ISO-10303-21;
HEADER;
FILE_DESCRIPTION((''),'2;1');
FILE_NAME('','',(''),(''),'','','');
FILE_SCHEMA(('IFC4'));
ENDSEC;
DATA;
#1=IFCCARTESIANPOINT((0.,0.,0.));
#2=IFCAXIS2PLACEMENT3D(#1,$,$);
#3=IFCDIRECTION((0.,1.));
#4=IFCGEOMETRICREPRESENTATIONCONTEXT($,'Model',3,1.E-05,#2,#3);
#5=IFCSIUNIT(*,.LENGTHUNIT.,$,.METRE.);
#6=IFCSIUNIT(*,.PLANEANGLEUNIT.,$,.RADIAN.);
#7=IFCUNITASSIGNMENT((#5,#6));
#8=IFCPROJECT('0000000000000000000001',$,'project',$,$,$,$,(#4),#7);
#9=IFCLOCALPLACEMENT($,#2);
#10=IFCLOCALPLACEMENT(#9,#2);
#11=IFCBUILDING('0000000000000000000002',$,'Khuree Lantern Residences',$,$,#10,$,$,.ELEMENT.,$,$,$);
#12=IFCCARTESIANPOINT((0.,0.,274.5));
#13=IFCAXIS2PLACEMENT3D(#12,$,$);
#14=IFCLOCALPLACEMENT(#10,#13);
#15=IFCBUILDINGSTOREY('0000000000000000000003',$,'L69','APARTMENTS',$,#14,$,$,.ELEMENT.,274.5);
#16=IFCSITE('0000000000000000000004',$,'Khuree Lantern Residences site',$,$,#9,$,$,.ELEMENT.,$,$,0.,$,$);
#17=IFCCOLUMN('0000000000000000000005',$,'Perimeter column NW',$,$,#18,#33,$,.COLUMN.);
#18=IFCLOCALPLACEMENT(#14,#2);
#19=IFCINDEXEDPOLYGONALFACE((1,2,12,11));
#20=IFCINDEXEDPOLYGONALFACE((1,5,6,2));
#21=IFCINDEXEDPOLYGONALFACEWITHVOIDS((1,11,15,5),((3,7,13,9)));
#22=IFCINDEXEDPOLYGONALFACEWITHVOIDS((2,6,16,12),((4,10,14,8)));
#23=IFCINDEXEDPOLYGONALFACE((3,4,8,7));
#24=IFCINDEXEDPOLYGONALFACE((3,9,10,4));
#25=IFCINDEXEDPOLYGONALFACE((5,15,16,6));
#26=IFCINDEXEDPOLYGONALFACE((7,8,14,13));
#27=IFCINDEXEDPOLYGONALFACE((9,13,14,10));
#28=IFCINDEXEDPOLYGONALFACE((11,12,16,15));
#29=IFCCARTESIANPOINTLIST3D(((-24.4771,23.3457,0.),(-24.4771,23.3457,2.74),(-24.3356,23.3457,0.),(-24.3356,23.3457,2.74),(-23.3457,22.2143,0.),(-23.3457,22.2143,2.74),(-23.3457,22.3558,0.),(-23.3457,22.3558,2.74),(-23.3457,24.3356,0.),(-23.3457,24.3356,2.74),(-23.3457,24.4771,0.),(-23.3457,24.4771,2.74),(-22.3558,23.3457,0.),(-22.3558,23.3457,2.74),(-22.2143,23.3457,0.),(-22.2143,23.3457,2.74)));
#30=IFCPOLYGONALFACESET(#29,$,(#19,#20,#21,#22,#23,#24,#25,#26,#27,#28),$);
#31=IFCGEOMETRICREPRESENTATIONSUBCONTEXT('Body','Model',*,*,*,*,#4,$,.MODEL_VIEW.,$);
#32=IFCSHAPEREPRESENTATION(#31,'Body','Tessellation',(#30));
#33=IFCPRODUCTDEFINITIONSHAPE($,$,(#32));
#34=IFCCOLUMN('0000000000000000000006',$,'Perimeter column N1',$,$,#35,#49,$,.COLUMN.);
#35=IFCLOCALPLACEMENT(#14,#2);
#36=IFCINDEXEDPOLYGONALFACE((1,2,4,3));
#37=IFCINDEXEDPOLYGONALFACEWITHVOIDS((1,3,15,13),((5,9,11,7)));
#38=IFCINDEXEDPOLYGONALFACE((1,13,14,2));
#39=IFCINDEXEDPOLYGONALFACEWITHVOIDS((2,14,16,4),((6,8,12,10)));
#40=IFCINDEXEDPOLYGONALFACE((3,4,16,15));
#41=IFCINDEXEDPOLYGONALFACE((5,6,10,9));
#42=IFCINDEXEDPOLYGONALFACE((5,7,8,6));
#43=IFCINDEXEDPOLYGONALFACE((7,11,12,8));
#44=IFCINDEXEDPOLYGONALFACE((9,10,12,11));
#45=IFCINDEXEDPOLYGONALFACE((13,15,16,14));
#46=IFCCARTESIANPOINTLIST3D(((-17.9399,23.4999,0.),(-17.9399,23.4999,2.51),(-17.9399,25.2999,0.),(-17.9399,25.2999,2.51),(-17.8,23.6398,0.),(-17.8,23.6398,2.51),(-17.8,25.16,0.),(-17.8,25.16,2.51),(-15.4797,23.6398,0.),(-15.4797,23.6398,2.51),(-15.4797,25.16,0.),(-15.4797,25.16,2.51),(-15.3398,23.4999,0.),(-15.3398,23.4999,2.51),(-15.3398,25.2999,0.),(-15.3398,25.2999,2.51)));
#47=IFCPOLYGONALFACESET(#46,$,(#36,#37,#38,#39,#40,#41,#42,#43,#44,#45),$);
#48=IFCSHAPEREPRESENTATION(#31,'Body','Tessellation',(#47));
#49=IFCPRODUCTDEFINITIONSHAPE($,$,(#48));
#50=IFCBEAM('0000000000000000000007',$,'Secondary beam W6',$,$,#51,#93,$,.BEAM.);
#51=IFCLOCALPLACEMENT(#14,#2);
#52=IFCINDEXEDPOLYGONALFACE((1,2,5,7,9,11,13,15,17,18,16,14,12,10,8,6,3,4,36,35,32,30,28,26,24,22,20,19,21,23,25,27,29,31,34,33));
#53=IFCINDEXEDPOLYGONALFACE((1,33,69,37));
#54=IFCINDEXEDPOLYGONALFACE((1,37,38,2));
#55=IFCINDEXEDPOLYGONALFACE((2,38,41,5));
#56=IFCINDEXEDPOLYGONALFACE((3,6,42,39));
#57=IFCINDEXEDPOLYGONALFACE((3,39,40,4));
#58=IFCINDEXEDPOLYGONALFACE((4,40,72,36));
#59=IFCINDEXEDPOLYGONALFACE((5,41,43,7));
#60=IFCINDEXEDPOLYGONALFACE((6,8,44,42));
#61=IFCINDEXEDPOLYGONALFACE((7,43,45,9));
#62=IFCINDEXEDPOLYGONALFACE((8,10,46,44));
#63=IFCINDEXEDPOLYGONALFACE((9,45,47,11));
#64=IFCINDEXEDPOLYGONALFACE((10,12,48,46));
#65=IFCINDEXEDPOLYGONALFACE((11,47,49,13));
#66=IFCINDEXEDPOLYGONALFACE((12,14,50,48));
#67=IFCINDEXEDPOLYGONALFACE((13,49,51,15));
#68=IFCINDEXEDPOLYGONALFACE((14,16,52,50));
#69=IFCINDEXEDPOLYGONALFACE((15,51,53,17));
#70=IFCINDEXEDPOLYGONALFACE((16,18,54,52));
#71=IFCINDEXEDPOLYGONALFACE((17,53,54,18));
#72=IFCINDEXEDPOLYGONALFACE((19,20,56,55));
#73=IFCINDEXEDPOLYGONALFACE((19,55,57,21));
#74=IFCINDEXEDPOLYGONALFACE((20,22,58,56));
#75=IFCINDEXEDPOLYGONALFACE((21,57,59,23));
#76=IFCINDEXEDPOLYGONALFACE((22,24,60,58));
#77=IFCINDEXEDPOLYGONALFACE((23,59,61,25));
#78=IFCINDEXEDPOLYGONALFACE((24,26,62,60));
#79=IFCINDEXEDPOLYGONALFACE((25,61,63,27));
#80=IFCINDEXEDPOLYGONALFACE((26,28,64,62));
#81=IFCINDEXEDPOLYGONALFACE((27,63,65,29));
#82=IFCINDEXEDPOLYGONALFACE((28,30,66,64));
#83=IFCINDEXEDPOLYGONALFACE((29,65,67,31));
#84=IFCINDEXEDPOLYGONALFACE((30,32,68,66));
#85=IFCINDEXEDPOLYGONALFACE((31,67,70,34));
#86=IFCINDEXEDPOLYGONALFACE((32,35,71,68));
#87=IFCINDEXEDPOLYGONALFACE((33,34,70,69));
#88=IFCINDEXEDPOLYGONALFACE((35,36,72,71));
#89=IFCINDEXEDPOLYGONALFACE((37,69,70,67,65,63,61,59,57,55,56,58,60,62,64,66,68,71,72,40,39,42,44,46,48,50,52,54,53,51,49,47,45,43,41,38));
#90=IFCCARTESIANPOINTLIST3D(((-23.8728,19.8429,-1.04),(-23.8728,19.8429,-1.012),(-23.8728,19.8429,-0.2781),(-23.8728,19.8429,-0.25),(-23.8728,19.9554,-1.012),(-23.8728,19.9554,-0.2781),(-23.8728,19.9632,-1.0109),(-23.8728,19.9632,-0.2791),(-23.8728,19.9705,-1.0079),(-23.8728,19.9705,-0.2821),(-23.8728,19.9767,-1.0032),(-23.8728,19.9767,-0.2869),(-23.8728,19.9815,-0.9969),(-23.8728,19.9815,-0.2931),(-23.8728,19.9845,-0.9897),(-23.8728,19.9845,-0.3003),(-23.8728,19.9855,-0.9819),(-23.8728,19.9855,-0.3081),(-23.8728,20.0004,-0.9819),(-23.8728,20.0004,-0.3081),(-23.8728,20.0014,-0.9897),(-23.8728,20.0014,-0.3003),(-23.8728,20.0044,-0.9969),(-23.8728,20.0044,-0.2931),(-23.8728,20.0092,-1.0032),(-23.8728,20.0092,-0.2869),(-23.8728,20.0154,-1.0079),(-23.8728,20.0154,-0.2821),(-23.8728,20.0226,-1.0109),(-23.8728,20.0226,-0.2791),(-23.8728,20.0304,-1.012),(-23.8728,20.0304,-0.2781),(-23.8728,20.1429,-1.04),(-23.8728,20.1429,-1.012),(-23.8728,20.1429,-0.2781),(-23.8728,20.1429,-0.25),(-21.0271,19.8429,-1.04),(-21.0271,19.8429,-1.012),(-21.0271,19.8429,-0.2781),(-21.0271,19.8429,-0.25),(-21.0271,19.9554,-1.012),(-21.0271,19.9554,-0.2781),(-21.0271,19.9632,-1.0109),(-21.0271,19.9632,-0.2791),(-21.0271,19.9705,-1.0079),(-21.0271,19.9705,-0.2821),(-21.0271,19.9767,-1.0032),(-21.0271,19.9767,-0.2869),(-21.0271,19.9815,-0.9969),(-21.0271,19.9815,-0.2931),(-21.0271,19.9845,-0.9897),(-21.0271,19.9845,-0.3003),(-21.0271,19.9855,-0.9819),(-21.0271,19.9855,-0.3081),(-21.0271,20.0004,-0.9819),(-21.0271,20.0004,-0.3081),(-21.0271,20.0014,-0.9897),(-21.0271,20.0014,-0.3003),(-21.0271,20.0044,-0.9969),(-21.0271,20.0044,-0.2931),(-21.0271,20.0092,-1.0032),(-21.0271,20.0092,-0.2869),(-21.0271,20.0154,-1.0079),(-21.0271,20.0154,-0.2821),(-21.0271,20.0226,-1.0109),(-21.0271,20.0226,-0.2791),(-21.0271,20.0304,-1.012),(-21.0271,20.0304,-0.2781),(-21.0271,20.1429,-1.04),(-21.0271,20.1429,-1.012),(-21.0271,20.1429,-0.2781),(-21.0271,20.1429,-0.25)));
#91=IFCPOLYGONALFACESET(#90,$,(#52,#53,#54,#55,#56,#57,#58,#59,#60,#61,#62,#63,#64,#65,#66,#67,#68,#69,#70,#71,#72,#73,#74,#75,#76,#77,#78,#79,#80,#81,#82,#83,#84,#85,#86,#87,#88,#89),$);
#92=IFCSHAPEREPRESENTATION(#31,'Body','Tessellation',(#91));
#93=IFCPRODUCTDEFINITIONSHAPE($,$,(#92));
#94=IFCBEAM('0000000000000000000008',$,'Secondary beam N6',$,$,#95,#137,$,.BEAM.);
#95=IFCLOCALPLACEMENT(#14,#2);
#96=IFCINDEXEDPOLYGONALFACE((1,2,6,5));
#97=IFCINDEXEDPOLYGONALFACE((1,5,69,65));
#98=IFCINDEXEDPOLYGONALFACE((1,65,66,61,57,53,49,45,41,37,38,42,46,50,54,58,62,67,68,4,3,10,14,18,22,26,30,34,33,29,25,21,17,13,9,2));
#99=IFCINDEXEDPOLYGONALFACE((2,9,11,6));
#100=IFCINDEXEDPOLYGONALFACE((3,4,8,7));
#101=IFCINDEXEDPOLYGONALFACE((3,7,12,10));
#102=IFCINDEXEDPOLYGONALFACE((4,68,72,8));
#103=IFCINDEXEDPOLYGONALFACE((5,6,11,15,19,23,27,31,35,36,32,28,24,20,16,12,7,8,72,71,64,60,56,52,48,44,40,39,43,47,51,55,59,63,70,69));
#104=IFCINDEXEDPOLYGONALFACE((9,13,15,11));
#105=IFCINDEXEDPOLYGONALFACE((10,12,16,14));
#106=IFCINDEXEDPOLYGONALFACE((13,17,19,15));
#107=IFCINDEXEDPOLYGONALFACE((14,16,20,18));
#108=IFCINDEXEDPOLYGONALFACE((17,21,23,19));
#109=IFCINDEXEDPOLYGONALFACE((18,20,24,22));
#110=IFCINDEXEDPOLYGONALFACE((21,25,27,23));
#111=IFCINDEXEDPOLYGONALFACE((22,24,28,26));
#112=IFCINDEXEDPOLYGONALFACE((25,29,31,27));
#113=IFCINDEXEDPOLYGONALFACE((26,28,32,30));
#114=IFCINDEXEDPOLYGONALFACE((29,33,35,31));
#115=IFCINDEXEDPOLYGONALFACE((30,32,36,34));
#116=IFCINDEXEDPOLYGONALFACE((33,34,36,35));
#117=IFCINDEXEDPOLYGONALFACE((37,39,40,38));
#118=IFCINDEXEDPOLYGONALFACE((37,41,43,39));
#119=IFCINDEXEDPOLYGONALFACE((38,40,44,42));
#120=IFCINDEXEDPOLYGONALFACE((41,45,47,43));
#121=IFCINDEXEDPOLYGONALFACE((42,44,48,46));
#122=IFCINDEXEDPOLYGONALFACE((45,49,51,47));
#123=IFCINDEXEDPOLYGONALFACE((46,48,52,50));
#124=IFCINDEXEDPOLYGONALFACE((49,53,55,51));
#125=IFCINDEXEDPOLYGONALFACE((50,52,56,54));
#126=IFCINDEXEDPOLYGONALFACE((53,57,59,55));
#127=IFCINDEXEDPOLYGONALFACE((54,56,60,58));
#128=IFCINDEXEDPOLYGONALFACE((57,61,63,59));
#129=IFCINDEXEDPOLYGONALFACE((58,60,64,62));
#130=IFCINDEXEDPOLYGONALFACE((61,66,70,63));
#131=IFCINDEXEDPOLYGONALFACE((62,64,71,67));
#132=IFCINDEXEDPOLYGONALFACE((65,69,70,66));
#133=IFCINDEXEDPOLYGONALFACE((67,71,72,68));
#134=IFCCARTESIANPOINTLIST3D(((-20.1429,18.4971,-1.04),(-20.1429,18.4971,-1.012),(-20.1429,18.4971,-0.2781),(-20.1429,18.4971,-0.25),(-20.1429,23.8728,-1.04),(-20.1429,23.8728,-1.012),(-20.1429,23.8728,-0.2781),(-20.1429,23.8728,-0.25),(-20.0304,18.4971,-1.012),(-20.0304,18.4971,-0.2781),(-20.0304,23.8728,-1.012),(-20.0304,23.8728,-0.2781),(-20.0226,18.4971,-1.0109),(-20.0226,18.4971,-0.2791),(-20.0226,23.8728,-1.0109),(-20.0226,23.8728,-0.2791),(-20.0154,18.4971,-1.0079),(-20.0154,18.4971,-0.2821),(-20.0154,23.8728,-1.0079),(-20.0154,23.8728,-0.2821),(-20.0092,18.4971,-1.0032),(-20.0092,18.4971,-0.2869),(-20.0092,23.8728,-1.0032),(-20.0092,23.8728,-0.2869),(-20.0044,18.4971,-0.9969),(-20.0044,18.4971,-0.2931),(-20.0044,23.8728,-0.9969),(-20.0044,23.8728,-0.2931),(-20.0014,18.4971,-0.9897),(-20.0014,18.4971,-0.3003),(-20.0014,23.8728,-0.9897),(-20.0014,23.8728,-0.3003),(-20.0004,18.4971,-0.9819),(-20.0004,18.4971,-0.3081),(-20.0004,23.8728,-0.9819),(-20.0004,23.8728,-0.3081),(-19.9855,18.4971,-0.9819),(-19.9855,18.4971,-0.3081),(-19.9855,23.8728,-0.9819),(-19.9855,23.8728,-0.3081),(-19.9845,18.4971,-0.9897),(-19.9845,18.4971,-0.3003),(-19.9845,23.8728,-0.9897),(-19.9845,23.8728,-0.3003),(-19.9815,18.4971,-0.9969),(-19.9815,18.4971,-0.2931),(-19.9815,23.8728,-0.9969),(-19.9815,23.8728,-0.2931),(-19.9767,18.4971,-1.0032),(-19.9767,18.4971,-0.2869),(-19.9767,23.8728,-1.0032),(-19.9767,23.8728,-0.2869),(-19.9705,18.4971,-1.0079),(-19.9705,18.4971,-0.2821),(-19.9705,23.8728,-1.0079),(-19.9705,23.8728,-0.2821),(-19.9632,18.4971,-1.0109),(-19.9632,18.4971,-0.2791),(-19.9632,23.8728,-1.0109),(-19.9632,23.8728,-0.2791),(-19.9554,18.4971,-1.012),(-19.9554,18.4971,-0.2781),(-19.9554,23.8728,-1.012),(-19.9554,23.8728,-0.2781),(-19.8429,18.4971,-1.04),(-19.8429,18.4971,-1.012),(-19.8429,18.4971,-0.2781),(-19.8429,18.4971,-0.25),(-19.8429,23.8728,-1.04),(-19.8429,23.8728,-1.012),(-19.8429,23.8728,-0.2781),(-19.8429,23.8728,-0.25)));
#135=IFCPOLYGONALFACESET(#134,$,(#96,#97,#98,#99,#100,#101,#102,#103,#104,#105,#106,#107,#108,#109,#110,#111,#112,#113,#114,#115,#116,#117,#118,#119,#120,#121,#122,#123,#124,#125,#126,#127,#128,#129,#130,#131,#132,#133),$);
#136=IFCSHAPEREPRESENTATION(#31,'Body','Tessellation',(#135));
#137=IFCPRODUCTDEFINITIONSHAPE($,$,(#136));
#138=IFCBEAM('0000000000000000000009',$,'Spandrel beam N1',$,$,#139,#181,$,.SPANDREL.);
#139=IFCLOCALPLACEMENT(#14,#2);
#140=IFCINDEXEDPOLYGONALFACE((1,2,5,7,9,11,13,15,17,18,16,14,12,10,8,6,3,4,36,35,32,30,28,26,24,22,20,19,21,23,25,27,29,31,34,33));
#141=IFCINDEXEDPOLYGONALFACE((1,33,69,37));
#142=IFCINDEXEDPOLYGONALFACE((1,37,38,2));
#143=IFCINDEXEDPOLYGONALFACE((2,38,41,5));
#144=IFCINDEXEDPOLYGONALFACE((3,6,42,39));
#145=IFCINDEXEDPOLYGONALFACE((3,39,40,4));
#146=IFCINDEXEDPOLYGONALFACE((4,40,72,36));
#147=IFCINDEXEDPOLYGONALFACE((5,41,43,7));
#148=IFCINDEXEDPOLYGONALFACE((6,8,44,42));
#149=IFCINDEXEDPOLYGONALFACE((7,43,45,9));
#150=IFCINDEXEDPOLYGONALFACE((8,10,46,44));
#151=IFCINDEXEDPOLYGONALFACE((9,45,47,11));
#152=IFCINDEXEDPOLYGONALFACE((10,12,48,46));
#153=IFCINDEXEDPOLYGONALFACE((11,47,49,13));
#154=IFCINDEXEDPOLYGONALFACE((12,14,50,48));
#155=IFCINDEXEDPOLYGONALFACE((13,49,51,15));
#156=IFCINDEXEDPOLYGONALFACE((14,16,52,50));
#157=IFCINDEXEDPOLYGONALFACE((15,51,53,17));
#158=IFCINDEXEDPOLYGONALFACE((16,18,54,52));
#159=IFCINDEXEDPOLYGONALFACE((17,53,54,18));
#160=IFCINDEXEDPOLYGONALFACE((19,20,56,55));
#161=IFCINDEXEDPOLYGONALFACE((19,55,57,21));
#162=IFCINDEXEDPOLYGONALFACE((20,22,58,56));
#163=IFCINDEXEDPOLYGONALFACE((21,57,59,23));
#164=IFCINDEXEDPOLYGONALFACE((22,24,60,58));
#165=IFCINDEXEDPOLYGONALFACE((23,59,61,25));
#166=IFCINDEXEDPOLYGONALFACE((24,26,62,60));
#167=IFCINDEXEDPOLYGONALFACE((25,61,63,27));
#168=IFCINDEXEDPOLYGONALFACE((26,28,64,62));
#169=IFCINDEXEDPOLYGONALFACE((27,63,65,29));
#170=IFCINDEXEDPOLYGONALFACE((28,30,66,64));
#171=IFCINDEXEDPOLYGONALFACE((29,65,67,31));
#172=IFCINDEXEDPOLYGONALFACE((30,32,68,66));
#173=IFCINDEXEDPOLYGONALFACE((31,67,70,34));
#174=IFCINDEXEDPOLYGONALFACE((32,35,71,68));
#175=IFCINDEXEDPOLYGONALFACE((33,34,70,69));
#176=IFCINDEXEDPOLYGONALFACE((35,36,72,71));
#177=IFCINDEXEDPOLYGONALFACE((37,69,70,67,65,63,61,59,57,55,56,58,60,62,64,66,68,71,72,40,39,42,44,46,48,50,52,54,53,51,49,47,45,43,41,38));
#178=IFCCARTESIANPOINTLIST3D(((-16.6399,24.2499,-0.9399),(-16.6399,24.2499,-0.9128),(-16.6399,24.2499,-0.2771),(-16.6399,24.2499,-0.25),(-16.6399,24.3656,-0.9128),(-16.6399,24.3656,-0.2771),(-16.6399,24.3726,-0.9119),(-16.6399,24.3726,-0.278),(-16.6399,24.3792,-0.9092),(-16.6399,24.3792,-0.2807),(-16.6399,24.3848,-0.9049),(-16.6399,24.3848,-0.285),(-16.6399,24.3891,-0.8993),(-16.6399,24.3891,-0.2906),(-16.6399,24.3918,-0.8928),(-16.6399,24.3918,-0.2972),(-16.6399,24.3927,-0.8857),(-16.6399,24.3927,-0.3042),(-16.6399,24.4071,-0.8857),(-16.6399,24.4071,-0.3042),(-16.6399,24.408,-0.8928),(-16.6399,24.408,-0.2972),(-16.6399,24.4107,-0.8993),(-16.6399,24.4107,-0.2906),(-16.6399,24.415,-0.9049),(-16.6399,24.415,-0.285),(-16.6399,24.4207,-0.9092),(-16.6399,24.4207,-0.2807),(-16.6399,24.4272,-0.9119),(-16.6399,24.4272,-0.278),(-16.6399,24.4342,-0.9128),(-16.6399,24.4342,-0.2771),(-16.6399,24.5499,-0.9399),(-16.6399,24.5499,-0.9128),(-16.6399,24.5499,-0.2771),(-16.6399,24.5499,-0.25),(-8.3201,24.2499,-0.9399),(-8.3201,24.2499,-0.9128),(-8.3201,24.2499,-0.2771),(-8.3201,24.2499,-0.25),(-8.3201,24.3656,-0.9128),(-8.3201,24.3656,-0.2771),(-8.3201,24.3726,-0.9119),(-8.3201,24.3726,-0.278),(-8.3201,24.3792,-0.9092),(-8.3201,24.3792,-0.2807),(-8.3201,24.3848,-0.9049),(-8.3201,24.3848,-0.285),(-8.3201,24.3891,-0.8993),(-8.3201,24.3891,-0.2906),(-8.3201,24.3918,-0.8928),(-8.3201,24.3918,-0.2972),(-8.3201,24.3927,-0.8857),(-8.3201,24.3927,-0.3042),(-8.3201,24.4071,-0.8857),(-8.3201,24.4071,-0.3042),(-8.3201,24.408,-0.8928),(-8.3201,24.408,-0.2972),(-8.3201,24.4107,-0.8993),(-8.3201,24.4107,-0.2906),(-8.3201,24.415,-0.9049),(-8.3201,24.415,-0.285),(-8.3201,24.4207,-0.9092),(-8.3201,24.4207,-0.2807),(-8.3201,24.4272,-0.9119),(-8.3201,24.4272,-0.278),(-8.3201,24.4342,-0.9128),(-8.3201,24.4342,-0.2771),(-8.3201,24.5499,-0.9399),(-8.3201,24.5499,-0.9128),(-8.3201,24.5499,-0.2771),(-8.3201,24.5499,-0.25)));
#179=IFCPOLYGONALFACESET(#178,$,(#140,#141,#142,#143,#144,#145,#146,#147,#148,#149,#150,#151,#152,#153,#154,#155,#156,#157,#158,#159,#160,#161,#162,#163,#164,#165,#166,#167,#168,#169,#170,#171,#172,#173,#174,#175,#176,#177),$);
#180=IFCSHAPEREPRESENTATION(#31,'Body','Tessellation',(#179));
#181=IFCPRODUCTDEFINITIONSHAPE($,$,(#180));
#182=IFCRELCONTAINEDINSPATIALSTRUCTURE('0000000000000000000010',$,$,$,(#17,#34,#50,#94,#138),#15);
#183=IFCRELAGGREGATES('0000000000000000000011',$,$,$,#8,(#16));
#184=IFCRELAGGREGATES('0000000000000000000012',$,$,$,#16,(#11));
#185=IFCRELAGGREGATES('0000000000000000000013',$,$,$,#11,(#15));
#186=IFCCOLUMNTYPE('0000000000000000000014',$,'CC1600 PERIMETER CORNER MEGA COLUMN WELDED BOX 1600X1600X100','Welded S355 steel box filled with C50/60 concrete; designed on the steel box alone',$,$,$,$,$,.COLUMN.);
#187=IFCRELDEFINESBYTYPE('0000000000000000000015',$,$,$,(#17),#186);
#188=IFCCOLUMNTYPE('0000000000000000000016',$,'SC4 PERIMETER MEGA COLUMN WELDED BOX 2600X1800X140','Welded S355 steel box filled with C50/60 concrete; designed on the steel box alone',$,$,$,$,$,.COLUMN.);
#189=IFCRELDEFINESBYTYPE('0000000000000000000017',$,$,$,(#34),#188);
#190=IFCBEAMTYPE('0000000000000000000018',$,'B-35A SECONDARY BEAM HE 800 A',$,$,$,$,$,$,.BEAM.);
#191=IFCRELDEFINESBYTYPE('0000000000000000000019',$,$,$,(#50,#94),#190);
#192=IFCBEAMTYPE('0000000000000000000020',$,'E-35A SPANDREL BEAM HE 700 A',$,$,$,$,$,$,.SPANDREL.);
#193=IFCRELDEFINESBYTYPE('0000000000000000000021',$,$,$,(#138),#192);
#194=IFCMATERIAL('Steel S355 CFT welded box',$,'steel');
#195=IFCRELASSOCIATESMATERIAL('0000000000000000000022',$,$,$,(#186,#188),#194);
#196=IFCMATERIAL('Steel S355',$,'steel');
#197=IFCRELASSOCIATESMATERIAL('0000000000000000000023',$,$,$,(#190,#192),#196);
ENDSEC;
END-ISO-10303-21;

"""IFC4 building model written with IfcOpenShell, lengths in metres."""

from ifc_helpers import new_model, si_unit, direction, frame, origin, origin_2d, place, context, subcontext, project, spatial, hollow_rectangle, i_section, extrude, material, material_profile, profile_set, type_object, element, save


model = new_model("IFC4")

# Units and contexts
model_context = context("Model", 3, precision=1e-05, world=origin(), true_north=direction((0.0, 1.0)))
body_context = subcontext(model_context, "Body", "Model", "MODEL_VIEW")
ifc_project = project(units=[si_unit("LENGTHUNIT", "METRE"), si_unit("PLANEANGLEUNIT", "RADIAN")], contexts=[model_context])

# Site, building, storey
site_placement = place(None, origin())
site = spatial("IfcSite", under=ifc_project, at=site_placement, Name="Khuree Lantern Residences site", CompositionType="ELEMENT", RefElevation=0.0)
building_placement = place(site_placement, origin())
building = spatial("IfcBuilding", under=site, at=building_placement, Name="Khuree Lantern Residences", CompositionType="ELEMENT")
storey_placement = place(building_placement, frame((0.0, 0.0, 274.5)))
storey = spatial("IfcBuildingStorey", under=building, at=storey_placement, Name="L69", Description="APARTMENTS", CompositionType="ELEMENT", Elevation=274.5)

# Columns
ifc_material_1 = material(Name="Steel S355 CFT welded box", Category="steel")
ifc_material_profile_1 = material_profile(ifc_material_1, hollow_rectangle(XDim=1.6001, YDim=1.6001, WallThickness=0.1001, at=origin_2d()), Name="WELDED BOX 1600X1600X100")
ifc_profile_set_1 = profile_set([ifc_material_profile_1], Name="Steel S355 CFT welded box")
column_type_1 = type_object("IfcColumnType", Name="CC1600 PERIMETER CORNER MEGA COLUMN WELDED BOX 1600X1600X100", Description="Welded S355 steel box filled with C50/60 concrete; designed on the steel box alone", PredefinedType="COLUMN", material=ifc_profile_set_1)
column_1_placement = place(storey_placement, frame((-23.3457, 23.3457, 0.0), z_axis=(0.0, 0.0, 1.0), x_axis=(0.707107, 0.707107, 0.0)))
element("IfcColumn", 1, at=column_1_placement, inside=storey, type_object=column_type_1, Name="Perimeter column NW", PredefinedType="COLUMN", context=body_context, shape_type="SweptSolid", body=[
    extrude(hollow_rectangle(XDim=1.6001, YDim=1.6001, WallThickness=0.1001, at=origin_2d()), origin(), (0.0, 0.0, 1.0), 2.74),
])
ifc_material_profile_2 = material_profile(ifc_material_1, hollow_rectangle(XDim=2.6001, YDim=1.8, WallThickness=0.1399, at=origin_2d()), Name="WELDED BOX 2600X1800X140")
ifc_profile_set_2 = profile_set([ifc_material_profile_2], Name="Steel S355 CFT welded box")
column_type_2 = type_object("IfcColumnType", Name="SC4 PERIMETER MEGA COLUMN WELDED BOX 2600X1800X140", Description="Welded S355 steel box filled with C50/60 concrete; designed on the steel box alone", PredefinedType="COLUMN", material=ifc_profile_set_2)
column_2_placement = place(storey_placement, frame((-16.6399, 24.3999, 0.0), z_axis=(0.0, 0.0, 1.0), x_axis=(1.0, 0.0, 0.0)))
element("IfcColumn", 2, at=column_2_placement, inside=storey, type_object=column_type_2, Name="Perimeter column N1", PredefinedType="COLUMN", context=body_context, shape_type="SweptSolid", body=[
    extrude(hollow_rectangle(XDim=2.6001, YDim=1.8, WallThickness=0.1399, at=origin_2d()), origin(), (0.0, 0.0, 1.0), 2.51),
])

# Beams
ifc_material_2 = material(Name="Steel S355", Category="steel")
ifc_material_profile_3 = material_profile(ifc_material_2, i_section(OverallWidth=0.3, OverallDepth=0.79, WebThickness=0.0149, FlangeThickness=0.0281, FilletRadius=0.03, at=origin_2d()), Name="HE 800 A")
ifc_profile_set_3 = profile_set([ifc_material_profile_3], Name="Steel S355")
beam_type_1 = type_object("IfcBeamType", Name="B-35A SECONDARY BEAM HE 800 A", PredefinedType="BEAM", material=ifc_profile_set_3)
beam_1_placement = place(storey_placement, frame((-23.8728, 19.9929, -0.645), z_axis=(1.0, 0.0, 0.0), x_axis=(0.0, 1.0, 0.0)))
element("IfcBeam", 3, at=beam_1_placement, inside=storey, type_object=beam_type_1, Name="Secondary beam W6", PredefinedType="BEAM", context=body_context, shape_type="SweptSolid", body=[
    extrude(i_section(OverallWidth=0.3, OverallDepth=0.79, WebThickness=0.0149, FlangeThickness=0.0281, FilletRadius=0.03, at=origin_2d()), origin(), (0.0, 0.0, 1.0), 2.8457),
])
beam_2_placement = place(storey_placement, frame((-19.9929, 23.8728, -0.645), z_axis=(0.0, -1.0, 0.0), x_axis=(1.0, 0.0, 0.0)))
element("IfcBeam", 4, at=beam_2_placement, inside=storey, type_object=beam_type_1, Name="Secondary beam N6", PredefinedType="BEAM", context=body_context, shape_type="SweptSolid", body=[
    extrude(i_section(OverallWidth=0.3, OverallDepth=0.79, WebThickness=0.0149, FlangeThickness=0.0281, FilletRadius=0.03, at=origin_2d()), origin(), (0.0, 0.0, 1.0), 5.3757),
])
ifc_material_profile_4 = material_profile(ifc_material_2, i_section(OverallWidth=0.3, OverallDepth=0.6899, WebThickness=0.0144, FlangeThickness=0.0271, FilletRadius=0.0271, at=origin_2d()), Name="HE 700 A")
ifc_profile_set_4 = profile_set([ifc_material_profile_4], Name="Steel S355")
beam_type_2 = type_object("IfcBeamType", Name="E-35A SPANDREL BEAM HE 700 A", PredefinedType="SPANDREL", material=ifc_profile_set_4)
beam_3_placement = place(storey_placement, frame((-16.6399, 24.3999, -0.595), z_axis=(1.0, 0.0, 0.0), x_axis=(0.0, 1.0, 0.0)))
element("IfcBeam", 5, at=beam_3_placement, inside=storey, type_object=beam_type_2, Name="Spandrel beam N1", PredefinedType="SPANDREL", context=body_context, shape_type="SweptSolid", body=[
    extrude(i_section(OverallWidth=0.3, OverallDepth=0.6899, WebThickness=0.0144, FlangeThickness=0.0271, FilletRadius=0.0271, at=origin_2d()), origin(), (0.0, 0.0, 1.0), 8.3198),
])

save(model, "model.ifc")
